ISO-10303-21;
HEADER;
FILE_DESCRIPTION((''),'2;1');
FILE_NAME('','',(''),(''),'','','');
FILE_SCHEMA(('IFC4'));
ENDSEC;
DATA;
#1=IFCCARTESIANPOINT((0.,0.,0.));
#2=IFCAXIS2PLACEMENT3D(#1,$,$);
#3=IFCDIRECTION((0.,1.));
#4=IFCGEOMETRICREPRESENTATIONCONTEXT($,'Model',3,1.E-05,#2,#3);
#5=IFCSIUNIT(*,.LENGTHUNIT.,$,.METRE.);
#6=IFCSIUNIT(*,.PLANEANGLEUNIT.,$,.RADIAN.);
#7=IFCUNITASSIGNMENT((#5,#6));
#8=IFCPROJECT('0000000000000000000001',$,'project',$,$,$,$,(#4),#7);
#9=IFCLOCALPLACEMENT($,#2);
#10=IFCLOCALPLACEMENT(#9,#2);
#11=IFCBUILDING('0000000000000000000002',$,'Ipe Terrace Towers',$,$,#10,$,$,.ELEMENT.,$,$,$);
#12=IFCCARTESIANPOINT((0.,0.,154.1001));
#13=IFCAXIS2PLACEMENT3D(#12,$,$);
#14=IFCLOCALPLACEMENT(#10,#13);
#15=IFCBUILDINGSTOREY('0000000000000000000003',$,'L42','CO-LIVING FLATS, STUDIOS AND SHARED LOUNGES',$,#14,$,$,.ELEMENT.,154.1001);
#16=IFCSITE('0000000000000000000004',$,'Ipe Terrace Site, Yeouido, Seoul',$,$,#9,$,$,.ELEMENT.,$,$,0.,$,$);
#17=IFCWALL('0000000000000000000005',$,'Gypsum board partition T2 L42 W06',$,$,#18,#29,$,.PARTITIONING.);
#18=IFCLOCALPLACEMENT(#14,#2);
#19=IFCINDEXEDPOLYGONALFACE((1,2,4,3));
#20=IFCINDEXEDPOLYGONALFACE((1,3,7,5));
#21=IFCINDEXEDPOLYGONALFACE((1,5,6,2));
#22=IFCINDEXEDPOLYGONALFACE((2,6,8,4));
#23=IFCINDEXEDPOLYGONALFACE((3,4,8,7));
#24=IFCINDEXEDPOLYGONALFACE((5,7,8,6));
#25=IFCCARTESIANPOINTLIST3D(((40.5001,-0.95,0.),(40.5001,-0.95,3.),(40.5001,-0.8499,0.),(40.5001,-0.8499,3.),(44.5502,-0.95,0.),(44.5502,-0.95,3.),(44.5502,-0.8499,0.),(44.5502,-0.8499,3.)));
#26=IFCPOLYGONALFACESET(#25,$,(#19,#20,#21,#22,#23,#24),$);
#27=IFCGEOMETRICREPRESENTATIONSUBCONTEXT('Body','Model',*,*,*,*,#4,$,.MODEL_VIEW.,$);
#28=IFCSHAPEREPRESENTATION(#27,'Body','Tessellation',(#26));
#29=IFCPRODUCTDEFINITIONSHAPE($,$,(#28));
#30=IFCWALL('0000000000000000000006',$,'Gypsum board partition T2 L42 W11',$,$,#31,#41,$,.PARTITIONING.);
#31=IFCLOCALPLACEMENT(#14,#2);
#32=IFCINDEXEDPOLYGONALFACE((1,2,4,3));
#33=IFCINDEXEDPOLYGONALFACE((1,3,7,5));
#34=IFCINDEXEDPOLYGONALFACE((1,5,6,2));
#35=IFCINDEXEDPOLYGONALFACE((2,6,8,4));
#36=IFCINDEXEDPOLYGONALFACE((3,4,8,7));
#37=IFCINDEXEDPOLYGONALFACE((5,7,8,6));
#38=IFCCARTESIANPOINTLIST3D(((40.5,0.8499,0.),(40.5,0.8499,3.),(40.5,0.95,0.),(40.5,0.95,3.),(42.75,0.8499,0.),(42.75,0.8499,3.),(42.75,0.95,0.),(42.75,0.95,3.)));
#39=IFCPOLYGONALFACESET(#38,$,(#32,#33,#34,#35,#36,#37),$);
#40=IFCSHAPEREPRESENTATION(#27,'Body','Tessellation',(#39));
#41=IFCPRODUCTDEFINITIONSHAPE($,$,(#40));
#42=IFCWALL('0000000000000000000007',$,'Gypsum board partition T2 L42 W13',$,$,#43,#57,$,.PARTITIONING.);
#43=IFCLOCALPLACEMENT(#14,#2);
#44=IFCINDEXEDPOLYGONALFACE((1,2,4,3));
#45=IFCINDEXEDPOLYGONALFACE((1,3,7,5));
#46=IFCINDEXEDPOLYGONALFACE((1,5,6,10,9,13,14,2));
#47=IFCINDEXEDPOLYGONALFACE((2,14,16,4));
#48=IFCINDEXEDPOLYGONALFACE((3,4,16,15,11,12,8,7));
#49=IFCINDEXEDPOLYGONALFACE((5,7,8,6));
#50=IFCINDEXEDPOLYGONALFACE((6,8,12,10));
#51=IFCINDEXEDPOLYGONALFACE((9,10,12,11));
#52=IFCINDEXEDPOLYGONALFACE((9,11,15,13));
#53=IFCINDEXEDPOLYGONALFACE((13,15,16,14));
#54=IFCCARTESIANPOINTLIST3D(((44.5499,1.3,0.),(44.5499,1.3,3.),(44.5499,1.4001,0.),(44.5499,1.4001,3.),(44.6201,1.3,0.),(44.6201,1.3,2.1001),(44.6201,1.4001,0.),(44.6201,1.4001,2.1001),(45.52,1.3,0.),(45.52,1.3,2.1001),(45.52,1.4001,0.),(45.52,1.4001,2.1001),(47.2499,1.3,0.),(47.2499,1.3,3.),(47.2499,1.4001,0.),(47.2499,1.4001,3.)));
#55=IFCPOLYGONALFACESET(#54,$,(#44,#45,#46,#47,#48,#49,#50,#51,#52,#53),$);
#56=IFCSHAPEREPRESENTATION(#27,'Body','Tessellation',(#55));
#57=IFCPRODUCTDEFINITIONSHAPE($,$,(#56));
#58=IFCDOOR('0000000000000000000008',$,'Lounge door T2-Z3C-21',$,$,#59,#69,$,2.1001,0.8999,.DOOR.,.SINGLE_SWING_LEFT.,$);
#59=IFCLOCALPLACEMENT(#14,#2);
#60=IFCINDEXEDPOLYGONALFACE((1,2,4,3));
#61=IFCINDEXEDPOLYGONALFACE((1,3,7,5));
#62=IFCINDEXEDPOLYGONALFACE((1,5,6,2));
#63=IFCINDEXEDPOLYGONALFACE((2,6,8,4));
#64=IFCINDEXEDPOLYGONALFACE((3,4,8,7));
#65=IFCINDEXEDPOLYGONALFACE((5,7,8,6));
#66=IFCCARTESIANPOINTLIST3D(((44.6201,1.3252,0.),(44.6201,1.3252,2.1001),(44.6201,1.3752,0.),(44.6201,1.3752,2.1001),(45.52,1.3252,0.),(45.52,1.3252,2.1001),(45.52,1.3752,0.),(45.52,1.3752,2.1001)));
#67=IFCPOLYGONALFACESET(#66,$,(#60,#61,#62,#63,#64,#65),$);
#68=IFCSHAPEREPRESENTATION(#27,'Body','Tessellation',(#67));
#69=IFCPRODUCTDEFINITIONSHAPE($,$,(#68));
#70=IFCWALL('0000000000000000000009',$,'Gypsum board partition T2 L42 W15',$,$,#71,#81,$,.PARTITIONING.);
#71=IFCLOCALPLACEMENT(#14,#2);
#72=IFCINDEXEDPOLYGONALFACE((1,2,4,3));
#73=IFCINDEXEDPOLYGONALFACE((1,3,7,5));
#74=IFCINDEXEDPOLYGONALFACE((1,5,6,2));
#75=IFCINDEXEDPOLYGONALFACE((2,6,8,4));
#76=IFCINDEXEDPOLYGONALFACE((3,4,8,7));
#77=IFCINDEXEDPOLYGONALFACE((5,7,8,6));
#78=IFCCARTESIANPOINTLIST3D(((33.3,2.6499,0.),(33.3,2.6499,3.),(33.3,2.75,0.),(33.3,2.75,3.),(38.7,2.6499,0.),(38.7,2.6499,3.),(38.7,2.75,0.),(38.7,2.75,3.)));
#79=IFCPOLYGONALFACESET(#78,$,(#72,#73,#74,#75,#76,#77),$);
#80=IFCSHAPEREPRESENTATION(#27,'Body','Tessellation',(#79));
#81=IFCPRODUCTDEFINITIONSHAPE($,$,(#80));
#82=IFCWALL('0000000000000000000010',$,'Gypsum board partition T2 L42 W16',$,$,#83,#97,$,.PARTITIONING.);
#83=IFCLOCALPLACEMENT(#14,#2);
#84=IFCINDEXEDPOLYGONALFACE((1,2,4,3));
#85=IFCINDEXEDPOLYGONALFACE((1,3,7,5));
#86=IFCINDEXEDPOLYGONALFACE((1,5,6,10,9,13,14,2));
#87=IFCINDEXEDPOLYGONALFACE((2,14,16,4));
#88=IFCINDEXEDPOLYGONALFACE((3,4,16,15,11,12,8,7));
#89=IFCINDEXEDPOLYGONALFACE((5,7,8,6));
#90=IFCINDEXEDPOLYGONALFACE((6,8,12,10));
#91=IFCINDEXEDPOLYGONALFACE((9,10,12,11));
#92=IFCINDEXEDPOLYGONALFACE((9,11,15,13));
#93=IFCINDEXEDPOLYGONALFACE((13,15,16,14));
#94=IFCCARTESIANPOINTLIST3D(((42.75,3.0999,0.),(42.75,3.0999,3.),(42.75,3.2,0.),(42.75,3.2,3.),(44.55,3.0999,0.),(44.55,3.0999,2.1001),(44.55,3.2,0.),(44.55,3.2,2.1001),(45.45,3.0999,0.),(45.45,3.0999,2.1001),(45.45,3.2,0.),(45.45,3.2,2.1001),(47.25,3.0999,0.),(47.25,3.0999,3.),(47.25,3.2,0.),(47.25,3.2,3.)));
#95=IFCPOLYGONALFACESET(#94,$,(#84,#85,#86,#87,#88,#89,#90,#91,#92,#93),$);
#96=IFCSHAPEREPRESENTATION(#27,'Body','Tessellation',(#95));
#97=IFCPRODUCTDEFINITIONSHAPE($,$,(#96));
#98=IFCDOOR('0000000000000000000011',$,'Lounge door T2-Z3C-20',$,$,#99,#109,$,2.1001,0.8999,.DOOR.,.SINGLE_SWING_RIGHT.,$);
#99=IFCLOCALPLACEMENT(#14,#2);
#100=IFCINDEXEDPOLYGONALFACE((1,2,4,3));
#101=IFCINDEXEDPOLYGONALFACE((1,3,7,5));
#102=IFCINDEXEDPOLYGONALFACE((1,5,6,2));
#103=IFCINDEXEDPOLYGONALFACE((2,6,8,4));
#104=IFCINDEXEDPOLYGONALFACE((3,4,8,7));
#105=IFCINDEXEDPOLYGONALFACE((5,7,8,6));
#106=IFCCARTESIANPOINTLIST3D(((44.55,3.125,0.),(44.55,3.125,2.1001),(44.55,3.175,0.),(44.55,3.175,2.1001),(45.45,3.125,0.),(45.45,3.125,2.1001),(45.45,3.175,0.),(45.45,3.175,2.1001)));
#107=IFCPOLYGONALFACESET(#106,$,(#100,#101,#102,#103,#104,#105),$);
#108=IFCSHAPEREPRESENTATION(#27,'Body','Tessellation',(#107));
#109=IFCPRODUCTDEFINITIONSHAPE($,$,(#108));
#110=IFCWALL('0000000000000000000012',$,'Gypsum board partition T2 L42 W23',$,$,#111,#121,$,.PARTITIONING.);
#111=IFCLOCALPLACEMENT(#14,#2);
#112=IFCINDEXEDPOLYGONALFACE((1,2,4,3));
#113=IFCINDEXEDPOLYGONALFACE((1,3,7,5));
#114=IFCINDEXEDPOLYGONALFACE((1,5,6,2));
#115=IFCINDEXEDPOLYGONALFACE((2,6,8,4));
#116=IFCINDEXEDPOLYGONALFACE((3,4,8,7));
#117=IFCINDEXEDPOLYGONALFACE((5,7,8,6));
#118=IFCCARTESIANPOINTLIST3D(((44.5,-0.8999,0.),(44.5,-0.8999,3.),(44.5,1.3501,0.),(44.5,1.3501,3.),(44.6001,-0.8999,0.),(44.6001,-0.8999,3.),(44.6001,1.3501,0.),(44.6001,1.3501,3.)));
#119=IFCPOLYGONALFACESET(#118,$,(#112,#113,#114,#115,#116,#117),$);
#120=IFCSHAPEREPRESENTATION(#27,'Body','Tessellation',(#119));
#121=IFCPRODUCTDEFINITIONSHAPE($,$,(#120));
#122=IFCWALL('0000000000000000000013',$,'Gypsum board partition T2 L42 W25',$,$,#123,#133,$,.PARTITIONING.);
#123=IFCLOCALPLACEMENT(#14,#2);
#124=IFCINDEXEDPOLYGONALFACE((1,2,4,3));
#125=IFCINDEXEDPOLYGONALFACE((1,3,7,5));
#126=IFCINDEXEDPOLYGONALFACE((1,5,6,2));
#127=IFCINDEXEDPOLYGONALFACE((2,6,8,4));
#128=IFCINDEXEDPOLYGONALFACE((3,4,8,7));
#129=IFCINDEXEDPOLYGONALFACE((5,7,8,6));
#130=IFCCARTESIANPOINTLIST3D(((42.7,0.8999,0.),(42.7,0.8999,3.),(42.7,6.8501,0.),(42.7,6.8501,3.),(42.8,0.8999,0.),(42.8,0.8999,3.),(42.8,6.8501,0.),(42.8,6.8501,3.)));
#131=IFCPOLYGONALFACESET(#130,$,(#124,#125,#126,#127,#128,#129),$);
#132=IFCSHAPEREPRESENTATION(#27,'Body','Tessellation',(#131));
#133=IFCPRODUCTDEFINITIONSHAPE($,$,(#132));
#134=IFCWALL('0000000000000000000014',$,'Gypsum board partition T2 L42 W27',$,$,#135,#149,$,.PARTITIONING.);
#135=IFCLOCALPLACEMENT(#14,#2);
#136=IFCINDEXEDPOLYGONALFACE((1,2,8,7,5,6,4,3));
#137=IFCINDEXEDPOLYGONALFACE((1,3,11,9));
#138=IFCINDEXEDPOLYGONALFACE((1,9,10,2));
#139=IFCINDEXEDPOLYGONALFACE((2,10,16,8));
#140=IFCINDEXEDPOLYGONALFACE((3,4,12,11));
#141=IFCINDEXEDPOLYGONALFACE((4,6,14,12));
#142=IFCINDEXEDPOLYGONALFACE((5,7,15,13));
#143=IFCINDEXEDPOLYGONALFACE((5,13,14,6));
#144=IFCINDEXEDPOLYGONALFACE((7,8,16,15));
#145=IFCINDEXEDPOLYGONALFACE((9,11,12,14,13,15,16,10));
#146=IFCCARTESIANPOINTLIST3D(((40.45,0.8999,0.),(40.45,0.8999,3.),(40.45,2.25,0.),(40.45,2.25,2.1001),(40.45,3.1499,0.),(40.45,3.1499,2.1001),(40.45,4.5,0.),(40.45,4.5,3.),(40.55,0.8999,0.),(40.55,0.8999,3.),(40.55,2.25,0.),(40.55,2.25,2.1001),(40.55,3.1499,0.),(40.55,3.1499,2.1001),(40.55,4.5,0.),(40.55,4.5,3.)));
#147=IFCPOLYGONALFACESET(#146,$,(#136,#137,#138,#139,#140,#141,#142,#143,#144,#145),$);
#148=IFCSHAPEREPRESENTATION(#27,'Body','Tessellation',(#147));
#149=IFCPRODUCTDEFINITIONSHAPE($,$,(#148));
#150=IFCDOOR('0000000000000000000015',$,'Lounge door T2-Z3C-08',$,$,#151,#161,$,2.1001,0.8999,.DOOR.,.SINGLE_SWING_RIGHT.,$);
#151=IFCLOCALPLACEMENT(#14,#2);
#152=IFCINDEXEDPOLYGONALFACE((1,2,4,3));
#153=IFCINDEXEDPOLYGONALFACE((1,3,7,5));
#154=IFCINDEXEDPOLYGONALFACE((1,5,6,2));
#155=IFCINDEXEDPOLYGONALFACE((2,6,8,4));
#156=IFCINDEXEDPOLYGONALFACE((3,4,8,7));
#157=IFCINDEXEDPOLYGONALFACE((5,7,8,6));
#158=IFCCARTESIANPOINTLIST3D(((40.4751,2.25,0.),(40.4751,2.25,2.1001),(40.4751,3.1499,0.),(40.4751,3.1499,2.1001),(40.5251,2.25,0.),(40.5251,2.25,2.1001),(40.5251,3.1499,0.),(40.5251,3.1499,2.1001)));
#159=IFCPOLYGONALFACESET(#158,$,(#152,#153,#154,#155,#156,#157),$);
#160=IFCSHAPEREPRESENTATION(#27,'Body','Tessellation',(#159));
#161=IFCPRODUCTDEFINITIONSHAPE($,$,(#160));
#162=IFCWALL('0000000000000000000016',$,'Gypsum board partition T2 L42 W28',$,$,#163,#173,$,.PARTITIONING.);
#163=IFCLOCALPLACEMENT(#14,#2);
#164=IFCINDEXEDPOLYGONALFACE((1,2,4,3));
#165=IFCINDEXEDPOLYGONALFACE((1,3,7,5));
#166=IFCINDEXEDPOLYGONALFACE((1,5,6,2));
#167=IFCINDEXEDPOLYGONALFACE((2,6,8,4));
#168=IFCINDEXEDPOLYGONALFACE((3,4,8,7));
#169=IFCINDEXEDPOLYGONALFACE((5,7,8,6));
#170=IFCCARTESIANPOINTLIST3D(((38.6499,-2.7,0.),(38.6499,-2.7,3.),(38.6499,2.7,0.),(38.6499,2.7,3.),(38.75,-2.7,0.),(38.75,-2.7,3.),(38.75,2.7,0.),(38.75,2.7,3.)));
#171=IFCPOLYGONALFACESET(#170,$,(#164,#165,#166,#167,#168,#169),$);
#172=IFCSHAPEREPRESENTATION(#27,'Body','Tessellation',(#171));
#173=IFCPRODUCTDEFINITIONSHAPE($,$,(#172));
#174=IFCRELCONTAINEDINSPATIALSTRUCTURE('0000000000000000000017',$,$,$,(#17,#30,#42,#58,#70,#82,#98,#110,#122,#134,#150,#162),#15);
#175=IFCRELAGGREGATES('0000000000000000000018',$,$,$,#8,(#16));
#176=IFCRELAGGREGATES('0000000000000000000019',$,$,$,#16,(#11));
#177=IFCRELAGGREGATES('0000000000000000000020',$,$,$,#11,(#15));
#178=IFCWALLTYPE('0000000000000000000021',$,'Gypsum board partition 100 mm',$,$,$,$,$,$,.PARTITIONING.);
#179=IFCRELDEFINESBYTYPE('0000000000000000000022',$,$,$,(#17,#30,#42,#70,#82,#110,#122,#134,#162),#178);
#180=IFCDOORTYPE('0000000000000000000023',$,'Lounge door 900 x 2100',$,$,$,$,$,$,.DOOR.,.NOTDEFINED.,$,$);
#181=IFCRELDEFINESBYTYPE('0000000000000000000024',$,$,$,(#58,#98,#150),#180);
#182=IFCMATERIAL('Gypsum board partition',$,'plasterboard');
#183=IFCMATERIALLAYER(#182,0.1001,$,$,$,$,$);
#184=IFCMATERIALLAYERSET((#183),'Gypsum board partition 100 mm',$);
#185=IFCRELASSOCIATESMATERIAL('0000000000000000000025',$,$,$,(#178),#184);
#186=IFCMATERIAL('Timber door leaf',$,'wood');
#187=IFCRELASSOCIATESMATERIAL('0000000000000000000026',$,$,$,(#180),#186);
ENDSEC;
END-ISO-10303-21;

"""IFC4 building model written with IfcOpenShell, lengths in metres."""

from ifc_helpers import new_model, si_unit, direction, frame, frame_2d, origin, place, context, subcontext, project, spatial, rectangle, extrude, material, layer, layer_set, type_object, element, fill, save


model = new_model("IFC4")

# Units and contexts
model_context = context("Model", 3, precision=1e-05, world=origin(), true_north=direction((0.0, 1.0)))
body_context = subcontext(model_context, "Body", "Model", "MODEL_VIEW")
ifc_project = project(units=[si_unit("LENGTHUNIT", "METRE"), si_unit("PLANEANGLEUNIT", "RADIAN")], contexts=[model_context])

# Site, building, storey
site_placement = place(None, origin())
site = spatial("IfcSite", under=ifc_project, at=site_placement, Name="Ipe Terrace Site, Yeouido, Seoul", CompositionType="ELEMENT", RefElevation=0.0)
building_placement = place(site_placement, origin())
building = spatial("IfcBuilding", under=site, at=building_placement, Name="Ipe Terrace Towers", CompositionType="ELEMENT")
storey_placement = place(building_placement, frame((0.0, 0.0, 154.1001)))
storey = spatial("IfcBuildingStorey", under=building, at=storey_placement, Name="L42", Description="CO-LIVING FLATS, STUDIOS AND SHARED LOUNGES", CompositionType="ELEMENT", Elevation=154.1001)

# Shared definitions
ifc_material_1 = material(Name="Gypsum board partition", Category="plasterboard")
ifc_layer_1 = layer(ifc_material_1, 0.1001)
ifc_layer_set_1 = layer_set([ifc_layer_1], Name="Gypsum board partition 100 mm")
wall_type_1 = type_object("IfcWallType", Name="Gypsum board partition 100 mm", PredefinedType="PARTITIONING", material=ifc_layer_set_1)
ifc_material_2 = material(Name="Timber door leaf", Category="wood")
door_type = type_object("IfcDoorType", Name="Lounge door 900 x 2100", OperationType="NOTDEFINED", PredefinedType="DOOR", material=ifc_material_2)

# Walls
wall_1_placement = place(storey_placement, frame((44.55, -0.8999, 0.0), z_axis=(0.0, 0.0, 1.0), x_axis=(-1.0, 0.0, 0.0)))
element("IfcWall", 1, at=wall_1_placement, inside=storey, type_object=wall_type_1, Name="Gypsum board partition T2 L42 W06", PredefinedType="PARTITIONING", context=body_context, shape_type="SweptSolid", body=[
    extrude(rectangle(XDim=4.05, YDim=0.1001, at=frame_2d((2.0249, 0.0))), origin(), (0.0, 0.0, 1.0), 3.0),
])
wall_2_placement = place(storey_placement, frame((42.75, 0.8999, 0.0), z_axis=(0.0, 0.0, 1.0), x_axis=(-1.0, 0.0, 0.0)))
element("IfcWall", 2, at=wall_2_placement, inside=storey, type_object=wall_type_1, Name="Gypsum board partition T2 L42 W11", PredefinedType="PARTITIONING", context=body_context, shape_type="SweptSolid", body=[
    extrude(rectangle(XDim=2.25, YDim=0.1001, at=frame_2d((1.125, 0.0))), origin(), (0.0, 0.0, 1.0), 3.0),
])

# Wall, opening, door
wall_3_placement = place(storey_placement, frame((47.25, 1.3501, 0.0), z_axis=(0.0, 0.0, 1.0), x_axis=(-1.0, 0.0, 0.0)))
wall_3 = element("IfcWall", 3, at=wall_3_placement, inside=storey, type_object=wall_type_1, Name="Gypsum board partition T2 L42 W13", PredefinedType="PARTITIONING", context=body_context, shape_type="SweptSolid", body=[
    extrude(rectangle(XDim=2.7, YDim=0.1001, at=frame_2d((1.3501, 0.0))), origin(), (0.0, 0.0, 1.0), 3.0),
])
opening_1_placement = place(wall_3_placement, frame((1.73, 0.0, 0.0)))
opening_1 = element("IfcOpeningElement", 4, at=opening_1_placement, cuts=wall_3, PredefinedType="OPENING", context=body_context, shape_type="SweptSolid", body=[
    extrude(rectangle(XDim=0.8999, YDim=2.1001, at=frame_2d((0.45, 1.05))), frame((0.0, 0.0601, 0.0), z_axis=(0.0, -1.0, 0.0), x_axis=(1.0, 0.0, 0.0)), (0.0, 0.0, 1.0), 0.1201),
])
door_1_placement = place(opening_1_placement, origin())
door_1 = element("IfcDoor", 5, at=door_1_placement, inside=storey, type_object=door_type, Name="Lounge door T2-Z3C-21", OperationType="SINGLE_SWING_LEFT", OverallHeight=2.1001, OverallWidth=0.8999, PredefinedType="DOOR", context=body_context, shape_type="SweptSolid", body=[
    extrude(rectangle(XDim=0.8999, YDim=2.1001, at=frame_2d((0.45, 1.05))), frame((0.0, 0.0249, 0.0), z_axis=(0.0, -1.0, 0.0), x_axis=(1.0, 0.0, 0.0)), (0.0, 0.0, 1.0), 0.05),
])
fill(opening_1, door_1)

# Wall
wall_4_placement = place(storey_placement, frame((38.7, 2.7, 0.0), z_axis=(0.0, 0.0, 1.0), x_axis=(-1.0, 0.0, 0.0)))
element("IfcWall", 6, at=wall_4_placement, inside=storey, type_object=wall_type_1, Name="Gypsum board partition T2 L42 W15", PredefinedType="PARTITIONING", context=body_context, shape_type="SweptSolid", body=[
    extrude(rectangle(XDim=5.3999, YDim=0.1001, at=frame_2d((2.7, 0.0))), origin(), (0.0, 0.0, 1.0), 3.0),
])

# Wall, opening, door
wall_5_placement = place(storey_placement, frame((47.25, 3.1499, 0.0), z_axis=(0.0, 0.0, 1.0), x_axis=(-1.0, 0.0, 0.0)))
wall_5 = element("IfcWall", 7, at=wall_5_placement, inside=storey, type_object=wall_type_1, Name="Gypsum board partition T2 L42 W16", PredefinedType="PARTITIONING", context=body_context, shape_type="SweptSolid", body=[
    extrude(rectangle(XDim=4.5, YDim=0.1001, at=frame_2d((2.25, 0.0))), origin(), (0.0, 0.0, 1.0), 3.0),
])
opening_2_placement = place(wall_5_placement, frame((1.8, 0.0, 0.0)))
opening_2 = element("IfcOpeningElement", 8, at=opening_2_placement, cuts=wall_5, PredefinedType="OPENING", context=body_context, shape_type="SweptSolid", body=[
    extrude(rectangle(XDim=0.8999, YDim=2.1001, at=frame_2d((0.45, 1.05))), frame((0.0, 0.0601, 0.0), z_axis=(0.0, -1.0, 0.0), x_axis=(1.0, 0.0, 0.0)), (0.0, 0.0, 1.0), 0.1201),
])
door_2_placement = place(opening_2_placement, origin())
door_2 = element("IfcDoor", 9, at=door_2_placement, inside=storey, type_object=door_type, Name="Lounge door T2-Z3C-20", OperationType="SINGLE_SWING_RIGHT", OverallHeight=2.1001, OverallWidth=0.8999, PredefinedType="DOOR", context=body_context, shape_type="SweptSolid", body=[
    extrude(rectangle(XDim=0.8999, YDim=2.1001, at=frame_2d((0.45, 1.05))), frame((0.0, 0.0249, 0.0), z_axis=(0.0, -1.0, 0.0), x_axis=(1.0, 0.0, 0.0)), (0.0, 0.0, 1.0), 0.05),
])
fill(opening_2, door_2)

# Walls
wall_6_placement = place(storey_placement, frame((44.55, -0.8999, 0.0), z_axis=(0.0, 0.0, 1.0), x_axis=(0.0, 1.0, 0.0)))
element("IfcWall", 10, at=wall_6_placement, inside=storey, type_object=wall_type_1, Name="Gypsum board partition T2 L42 W23", PredefinedType="PARTITIONING", context=body_context, shape_type="SweptSolid", body=[
    extrude(rectangle(XDim=2.25, YDim=0.1001, at=frame_2d((1.125, 0.0))), origin(), (0.0, 0.0, 1.0), 3.0),
])
wall_7_placement = place(storey_placement, frame((42.75, 0.8999, 0.0), z_axis=(0.0, 0.0, 1.0), x_axis=(0.0, 1.0, 0.0)))
element("IfcWall", 11, at=wall_7_placement, inside=storey, type_object=wall_type_1, Name="Gypsum board partition T2 L42 W25", PredefinedType="PARTITIONING", context=body_context, shape_type="SweptSolid", body=[
    extrude(rectangle(XDim=5.9502, YDim=0.1001, at=frame_2d((2.9751, 0.0))), origin(), (0.0, 0.0, 1.0), 3.0),
])

# Wall, opening, door
wall_8_placement = place(storey_placement, frame((40.5, 0.8999, 0.0), z_axis=(0.0, 0.0, 1.0), x_axis=(0.0, 1.0, 0.0)))
wall_8 = element("IfcWall", 12, at=wall_8_placement, inside=storey, type_object=wall_type_1, Name="Gypsum board partition T2 L42 W27", PredefinedType="PARTITIONING", context=body_context, shape_type="SweptSolid", body=[
    extrude(rectangle(XDim=3.6001, YDim=0.1001, at=frame_2d((1.8, 0.0))), origin(), (0.0, 0.0, 1.0), 3.0),
])
opening_3_placement = place(wall_8_placement, frame((1.3501, 0.0, 0.0)))
opening_3 = element("IfcOpeningElement", 13, at=opening_3_placement, cuts=wall_8, PredefinedType="OPENING", context=body_context, shape_type="SweptSolid", body=[
    extrude(rectangle(XDim=0.8999, YDim=2.1001, at=frame_2d((0.45, 1.05))), frame((0.0, 0.0601, 0.0), z_axis=(0.0, -1.0, 0.0), x_axis=(1.0, 0.0, 0.0)), (0.0, 0.0, 1.0), 0.1201),
])
door_3_placement = place(opening_3_placement, origin())
door_3 = element("IfcDoor", 14, at=door_3_placement, inside=storey, type_object=door_type, Name="Lounge door T2-Z3C-08", OperationType="SINGLE_SWING_RIGHT", OverallHeight=2.1001, OverallWidth=0.8999, PredefinedType="DOOR", context=body_context, shape_type="SweptSolid", body=[
    extrude(rectangle(XDim=0.8999, YDim=2.1001, at=frame_2d((0.45, 1.05))), frame((0.0, 0.0249, 0.0), z_axis=(0.0, -1.0, 0.0), x_axis=(1.0, 0.0, 0.0)), (0.0, 0.0, 1.0), 0.05),
])
fill(opening_3, door_3)

# Wall
wall_9_placement = place(storey_placement, frame((38.7, -2.7, 0.0), z_axis=(0.0, 0.0, 1.0), x_axis=(0.0, 1.0, 0.0)))
element("IfcWall", 15, at=wall_9_placement, inside=storey, type_object=wall_type_1, Name="Gypsum board partition T2 L42 W28", PredefinedType="PARTITIONING", context=body_context, shape_type="SweptSolid", body=[
    extrude(rectangle(XDim=5.3999, YDim=0.1001, at=frame_2d((2.7, 0.0))), origin(), (0.0, 0.0, 1.0), 3.0),
])

save(model, "model.ifc")
